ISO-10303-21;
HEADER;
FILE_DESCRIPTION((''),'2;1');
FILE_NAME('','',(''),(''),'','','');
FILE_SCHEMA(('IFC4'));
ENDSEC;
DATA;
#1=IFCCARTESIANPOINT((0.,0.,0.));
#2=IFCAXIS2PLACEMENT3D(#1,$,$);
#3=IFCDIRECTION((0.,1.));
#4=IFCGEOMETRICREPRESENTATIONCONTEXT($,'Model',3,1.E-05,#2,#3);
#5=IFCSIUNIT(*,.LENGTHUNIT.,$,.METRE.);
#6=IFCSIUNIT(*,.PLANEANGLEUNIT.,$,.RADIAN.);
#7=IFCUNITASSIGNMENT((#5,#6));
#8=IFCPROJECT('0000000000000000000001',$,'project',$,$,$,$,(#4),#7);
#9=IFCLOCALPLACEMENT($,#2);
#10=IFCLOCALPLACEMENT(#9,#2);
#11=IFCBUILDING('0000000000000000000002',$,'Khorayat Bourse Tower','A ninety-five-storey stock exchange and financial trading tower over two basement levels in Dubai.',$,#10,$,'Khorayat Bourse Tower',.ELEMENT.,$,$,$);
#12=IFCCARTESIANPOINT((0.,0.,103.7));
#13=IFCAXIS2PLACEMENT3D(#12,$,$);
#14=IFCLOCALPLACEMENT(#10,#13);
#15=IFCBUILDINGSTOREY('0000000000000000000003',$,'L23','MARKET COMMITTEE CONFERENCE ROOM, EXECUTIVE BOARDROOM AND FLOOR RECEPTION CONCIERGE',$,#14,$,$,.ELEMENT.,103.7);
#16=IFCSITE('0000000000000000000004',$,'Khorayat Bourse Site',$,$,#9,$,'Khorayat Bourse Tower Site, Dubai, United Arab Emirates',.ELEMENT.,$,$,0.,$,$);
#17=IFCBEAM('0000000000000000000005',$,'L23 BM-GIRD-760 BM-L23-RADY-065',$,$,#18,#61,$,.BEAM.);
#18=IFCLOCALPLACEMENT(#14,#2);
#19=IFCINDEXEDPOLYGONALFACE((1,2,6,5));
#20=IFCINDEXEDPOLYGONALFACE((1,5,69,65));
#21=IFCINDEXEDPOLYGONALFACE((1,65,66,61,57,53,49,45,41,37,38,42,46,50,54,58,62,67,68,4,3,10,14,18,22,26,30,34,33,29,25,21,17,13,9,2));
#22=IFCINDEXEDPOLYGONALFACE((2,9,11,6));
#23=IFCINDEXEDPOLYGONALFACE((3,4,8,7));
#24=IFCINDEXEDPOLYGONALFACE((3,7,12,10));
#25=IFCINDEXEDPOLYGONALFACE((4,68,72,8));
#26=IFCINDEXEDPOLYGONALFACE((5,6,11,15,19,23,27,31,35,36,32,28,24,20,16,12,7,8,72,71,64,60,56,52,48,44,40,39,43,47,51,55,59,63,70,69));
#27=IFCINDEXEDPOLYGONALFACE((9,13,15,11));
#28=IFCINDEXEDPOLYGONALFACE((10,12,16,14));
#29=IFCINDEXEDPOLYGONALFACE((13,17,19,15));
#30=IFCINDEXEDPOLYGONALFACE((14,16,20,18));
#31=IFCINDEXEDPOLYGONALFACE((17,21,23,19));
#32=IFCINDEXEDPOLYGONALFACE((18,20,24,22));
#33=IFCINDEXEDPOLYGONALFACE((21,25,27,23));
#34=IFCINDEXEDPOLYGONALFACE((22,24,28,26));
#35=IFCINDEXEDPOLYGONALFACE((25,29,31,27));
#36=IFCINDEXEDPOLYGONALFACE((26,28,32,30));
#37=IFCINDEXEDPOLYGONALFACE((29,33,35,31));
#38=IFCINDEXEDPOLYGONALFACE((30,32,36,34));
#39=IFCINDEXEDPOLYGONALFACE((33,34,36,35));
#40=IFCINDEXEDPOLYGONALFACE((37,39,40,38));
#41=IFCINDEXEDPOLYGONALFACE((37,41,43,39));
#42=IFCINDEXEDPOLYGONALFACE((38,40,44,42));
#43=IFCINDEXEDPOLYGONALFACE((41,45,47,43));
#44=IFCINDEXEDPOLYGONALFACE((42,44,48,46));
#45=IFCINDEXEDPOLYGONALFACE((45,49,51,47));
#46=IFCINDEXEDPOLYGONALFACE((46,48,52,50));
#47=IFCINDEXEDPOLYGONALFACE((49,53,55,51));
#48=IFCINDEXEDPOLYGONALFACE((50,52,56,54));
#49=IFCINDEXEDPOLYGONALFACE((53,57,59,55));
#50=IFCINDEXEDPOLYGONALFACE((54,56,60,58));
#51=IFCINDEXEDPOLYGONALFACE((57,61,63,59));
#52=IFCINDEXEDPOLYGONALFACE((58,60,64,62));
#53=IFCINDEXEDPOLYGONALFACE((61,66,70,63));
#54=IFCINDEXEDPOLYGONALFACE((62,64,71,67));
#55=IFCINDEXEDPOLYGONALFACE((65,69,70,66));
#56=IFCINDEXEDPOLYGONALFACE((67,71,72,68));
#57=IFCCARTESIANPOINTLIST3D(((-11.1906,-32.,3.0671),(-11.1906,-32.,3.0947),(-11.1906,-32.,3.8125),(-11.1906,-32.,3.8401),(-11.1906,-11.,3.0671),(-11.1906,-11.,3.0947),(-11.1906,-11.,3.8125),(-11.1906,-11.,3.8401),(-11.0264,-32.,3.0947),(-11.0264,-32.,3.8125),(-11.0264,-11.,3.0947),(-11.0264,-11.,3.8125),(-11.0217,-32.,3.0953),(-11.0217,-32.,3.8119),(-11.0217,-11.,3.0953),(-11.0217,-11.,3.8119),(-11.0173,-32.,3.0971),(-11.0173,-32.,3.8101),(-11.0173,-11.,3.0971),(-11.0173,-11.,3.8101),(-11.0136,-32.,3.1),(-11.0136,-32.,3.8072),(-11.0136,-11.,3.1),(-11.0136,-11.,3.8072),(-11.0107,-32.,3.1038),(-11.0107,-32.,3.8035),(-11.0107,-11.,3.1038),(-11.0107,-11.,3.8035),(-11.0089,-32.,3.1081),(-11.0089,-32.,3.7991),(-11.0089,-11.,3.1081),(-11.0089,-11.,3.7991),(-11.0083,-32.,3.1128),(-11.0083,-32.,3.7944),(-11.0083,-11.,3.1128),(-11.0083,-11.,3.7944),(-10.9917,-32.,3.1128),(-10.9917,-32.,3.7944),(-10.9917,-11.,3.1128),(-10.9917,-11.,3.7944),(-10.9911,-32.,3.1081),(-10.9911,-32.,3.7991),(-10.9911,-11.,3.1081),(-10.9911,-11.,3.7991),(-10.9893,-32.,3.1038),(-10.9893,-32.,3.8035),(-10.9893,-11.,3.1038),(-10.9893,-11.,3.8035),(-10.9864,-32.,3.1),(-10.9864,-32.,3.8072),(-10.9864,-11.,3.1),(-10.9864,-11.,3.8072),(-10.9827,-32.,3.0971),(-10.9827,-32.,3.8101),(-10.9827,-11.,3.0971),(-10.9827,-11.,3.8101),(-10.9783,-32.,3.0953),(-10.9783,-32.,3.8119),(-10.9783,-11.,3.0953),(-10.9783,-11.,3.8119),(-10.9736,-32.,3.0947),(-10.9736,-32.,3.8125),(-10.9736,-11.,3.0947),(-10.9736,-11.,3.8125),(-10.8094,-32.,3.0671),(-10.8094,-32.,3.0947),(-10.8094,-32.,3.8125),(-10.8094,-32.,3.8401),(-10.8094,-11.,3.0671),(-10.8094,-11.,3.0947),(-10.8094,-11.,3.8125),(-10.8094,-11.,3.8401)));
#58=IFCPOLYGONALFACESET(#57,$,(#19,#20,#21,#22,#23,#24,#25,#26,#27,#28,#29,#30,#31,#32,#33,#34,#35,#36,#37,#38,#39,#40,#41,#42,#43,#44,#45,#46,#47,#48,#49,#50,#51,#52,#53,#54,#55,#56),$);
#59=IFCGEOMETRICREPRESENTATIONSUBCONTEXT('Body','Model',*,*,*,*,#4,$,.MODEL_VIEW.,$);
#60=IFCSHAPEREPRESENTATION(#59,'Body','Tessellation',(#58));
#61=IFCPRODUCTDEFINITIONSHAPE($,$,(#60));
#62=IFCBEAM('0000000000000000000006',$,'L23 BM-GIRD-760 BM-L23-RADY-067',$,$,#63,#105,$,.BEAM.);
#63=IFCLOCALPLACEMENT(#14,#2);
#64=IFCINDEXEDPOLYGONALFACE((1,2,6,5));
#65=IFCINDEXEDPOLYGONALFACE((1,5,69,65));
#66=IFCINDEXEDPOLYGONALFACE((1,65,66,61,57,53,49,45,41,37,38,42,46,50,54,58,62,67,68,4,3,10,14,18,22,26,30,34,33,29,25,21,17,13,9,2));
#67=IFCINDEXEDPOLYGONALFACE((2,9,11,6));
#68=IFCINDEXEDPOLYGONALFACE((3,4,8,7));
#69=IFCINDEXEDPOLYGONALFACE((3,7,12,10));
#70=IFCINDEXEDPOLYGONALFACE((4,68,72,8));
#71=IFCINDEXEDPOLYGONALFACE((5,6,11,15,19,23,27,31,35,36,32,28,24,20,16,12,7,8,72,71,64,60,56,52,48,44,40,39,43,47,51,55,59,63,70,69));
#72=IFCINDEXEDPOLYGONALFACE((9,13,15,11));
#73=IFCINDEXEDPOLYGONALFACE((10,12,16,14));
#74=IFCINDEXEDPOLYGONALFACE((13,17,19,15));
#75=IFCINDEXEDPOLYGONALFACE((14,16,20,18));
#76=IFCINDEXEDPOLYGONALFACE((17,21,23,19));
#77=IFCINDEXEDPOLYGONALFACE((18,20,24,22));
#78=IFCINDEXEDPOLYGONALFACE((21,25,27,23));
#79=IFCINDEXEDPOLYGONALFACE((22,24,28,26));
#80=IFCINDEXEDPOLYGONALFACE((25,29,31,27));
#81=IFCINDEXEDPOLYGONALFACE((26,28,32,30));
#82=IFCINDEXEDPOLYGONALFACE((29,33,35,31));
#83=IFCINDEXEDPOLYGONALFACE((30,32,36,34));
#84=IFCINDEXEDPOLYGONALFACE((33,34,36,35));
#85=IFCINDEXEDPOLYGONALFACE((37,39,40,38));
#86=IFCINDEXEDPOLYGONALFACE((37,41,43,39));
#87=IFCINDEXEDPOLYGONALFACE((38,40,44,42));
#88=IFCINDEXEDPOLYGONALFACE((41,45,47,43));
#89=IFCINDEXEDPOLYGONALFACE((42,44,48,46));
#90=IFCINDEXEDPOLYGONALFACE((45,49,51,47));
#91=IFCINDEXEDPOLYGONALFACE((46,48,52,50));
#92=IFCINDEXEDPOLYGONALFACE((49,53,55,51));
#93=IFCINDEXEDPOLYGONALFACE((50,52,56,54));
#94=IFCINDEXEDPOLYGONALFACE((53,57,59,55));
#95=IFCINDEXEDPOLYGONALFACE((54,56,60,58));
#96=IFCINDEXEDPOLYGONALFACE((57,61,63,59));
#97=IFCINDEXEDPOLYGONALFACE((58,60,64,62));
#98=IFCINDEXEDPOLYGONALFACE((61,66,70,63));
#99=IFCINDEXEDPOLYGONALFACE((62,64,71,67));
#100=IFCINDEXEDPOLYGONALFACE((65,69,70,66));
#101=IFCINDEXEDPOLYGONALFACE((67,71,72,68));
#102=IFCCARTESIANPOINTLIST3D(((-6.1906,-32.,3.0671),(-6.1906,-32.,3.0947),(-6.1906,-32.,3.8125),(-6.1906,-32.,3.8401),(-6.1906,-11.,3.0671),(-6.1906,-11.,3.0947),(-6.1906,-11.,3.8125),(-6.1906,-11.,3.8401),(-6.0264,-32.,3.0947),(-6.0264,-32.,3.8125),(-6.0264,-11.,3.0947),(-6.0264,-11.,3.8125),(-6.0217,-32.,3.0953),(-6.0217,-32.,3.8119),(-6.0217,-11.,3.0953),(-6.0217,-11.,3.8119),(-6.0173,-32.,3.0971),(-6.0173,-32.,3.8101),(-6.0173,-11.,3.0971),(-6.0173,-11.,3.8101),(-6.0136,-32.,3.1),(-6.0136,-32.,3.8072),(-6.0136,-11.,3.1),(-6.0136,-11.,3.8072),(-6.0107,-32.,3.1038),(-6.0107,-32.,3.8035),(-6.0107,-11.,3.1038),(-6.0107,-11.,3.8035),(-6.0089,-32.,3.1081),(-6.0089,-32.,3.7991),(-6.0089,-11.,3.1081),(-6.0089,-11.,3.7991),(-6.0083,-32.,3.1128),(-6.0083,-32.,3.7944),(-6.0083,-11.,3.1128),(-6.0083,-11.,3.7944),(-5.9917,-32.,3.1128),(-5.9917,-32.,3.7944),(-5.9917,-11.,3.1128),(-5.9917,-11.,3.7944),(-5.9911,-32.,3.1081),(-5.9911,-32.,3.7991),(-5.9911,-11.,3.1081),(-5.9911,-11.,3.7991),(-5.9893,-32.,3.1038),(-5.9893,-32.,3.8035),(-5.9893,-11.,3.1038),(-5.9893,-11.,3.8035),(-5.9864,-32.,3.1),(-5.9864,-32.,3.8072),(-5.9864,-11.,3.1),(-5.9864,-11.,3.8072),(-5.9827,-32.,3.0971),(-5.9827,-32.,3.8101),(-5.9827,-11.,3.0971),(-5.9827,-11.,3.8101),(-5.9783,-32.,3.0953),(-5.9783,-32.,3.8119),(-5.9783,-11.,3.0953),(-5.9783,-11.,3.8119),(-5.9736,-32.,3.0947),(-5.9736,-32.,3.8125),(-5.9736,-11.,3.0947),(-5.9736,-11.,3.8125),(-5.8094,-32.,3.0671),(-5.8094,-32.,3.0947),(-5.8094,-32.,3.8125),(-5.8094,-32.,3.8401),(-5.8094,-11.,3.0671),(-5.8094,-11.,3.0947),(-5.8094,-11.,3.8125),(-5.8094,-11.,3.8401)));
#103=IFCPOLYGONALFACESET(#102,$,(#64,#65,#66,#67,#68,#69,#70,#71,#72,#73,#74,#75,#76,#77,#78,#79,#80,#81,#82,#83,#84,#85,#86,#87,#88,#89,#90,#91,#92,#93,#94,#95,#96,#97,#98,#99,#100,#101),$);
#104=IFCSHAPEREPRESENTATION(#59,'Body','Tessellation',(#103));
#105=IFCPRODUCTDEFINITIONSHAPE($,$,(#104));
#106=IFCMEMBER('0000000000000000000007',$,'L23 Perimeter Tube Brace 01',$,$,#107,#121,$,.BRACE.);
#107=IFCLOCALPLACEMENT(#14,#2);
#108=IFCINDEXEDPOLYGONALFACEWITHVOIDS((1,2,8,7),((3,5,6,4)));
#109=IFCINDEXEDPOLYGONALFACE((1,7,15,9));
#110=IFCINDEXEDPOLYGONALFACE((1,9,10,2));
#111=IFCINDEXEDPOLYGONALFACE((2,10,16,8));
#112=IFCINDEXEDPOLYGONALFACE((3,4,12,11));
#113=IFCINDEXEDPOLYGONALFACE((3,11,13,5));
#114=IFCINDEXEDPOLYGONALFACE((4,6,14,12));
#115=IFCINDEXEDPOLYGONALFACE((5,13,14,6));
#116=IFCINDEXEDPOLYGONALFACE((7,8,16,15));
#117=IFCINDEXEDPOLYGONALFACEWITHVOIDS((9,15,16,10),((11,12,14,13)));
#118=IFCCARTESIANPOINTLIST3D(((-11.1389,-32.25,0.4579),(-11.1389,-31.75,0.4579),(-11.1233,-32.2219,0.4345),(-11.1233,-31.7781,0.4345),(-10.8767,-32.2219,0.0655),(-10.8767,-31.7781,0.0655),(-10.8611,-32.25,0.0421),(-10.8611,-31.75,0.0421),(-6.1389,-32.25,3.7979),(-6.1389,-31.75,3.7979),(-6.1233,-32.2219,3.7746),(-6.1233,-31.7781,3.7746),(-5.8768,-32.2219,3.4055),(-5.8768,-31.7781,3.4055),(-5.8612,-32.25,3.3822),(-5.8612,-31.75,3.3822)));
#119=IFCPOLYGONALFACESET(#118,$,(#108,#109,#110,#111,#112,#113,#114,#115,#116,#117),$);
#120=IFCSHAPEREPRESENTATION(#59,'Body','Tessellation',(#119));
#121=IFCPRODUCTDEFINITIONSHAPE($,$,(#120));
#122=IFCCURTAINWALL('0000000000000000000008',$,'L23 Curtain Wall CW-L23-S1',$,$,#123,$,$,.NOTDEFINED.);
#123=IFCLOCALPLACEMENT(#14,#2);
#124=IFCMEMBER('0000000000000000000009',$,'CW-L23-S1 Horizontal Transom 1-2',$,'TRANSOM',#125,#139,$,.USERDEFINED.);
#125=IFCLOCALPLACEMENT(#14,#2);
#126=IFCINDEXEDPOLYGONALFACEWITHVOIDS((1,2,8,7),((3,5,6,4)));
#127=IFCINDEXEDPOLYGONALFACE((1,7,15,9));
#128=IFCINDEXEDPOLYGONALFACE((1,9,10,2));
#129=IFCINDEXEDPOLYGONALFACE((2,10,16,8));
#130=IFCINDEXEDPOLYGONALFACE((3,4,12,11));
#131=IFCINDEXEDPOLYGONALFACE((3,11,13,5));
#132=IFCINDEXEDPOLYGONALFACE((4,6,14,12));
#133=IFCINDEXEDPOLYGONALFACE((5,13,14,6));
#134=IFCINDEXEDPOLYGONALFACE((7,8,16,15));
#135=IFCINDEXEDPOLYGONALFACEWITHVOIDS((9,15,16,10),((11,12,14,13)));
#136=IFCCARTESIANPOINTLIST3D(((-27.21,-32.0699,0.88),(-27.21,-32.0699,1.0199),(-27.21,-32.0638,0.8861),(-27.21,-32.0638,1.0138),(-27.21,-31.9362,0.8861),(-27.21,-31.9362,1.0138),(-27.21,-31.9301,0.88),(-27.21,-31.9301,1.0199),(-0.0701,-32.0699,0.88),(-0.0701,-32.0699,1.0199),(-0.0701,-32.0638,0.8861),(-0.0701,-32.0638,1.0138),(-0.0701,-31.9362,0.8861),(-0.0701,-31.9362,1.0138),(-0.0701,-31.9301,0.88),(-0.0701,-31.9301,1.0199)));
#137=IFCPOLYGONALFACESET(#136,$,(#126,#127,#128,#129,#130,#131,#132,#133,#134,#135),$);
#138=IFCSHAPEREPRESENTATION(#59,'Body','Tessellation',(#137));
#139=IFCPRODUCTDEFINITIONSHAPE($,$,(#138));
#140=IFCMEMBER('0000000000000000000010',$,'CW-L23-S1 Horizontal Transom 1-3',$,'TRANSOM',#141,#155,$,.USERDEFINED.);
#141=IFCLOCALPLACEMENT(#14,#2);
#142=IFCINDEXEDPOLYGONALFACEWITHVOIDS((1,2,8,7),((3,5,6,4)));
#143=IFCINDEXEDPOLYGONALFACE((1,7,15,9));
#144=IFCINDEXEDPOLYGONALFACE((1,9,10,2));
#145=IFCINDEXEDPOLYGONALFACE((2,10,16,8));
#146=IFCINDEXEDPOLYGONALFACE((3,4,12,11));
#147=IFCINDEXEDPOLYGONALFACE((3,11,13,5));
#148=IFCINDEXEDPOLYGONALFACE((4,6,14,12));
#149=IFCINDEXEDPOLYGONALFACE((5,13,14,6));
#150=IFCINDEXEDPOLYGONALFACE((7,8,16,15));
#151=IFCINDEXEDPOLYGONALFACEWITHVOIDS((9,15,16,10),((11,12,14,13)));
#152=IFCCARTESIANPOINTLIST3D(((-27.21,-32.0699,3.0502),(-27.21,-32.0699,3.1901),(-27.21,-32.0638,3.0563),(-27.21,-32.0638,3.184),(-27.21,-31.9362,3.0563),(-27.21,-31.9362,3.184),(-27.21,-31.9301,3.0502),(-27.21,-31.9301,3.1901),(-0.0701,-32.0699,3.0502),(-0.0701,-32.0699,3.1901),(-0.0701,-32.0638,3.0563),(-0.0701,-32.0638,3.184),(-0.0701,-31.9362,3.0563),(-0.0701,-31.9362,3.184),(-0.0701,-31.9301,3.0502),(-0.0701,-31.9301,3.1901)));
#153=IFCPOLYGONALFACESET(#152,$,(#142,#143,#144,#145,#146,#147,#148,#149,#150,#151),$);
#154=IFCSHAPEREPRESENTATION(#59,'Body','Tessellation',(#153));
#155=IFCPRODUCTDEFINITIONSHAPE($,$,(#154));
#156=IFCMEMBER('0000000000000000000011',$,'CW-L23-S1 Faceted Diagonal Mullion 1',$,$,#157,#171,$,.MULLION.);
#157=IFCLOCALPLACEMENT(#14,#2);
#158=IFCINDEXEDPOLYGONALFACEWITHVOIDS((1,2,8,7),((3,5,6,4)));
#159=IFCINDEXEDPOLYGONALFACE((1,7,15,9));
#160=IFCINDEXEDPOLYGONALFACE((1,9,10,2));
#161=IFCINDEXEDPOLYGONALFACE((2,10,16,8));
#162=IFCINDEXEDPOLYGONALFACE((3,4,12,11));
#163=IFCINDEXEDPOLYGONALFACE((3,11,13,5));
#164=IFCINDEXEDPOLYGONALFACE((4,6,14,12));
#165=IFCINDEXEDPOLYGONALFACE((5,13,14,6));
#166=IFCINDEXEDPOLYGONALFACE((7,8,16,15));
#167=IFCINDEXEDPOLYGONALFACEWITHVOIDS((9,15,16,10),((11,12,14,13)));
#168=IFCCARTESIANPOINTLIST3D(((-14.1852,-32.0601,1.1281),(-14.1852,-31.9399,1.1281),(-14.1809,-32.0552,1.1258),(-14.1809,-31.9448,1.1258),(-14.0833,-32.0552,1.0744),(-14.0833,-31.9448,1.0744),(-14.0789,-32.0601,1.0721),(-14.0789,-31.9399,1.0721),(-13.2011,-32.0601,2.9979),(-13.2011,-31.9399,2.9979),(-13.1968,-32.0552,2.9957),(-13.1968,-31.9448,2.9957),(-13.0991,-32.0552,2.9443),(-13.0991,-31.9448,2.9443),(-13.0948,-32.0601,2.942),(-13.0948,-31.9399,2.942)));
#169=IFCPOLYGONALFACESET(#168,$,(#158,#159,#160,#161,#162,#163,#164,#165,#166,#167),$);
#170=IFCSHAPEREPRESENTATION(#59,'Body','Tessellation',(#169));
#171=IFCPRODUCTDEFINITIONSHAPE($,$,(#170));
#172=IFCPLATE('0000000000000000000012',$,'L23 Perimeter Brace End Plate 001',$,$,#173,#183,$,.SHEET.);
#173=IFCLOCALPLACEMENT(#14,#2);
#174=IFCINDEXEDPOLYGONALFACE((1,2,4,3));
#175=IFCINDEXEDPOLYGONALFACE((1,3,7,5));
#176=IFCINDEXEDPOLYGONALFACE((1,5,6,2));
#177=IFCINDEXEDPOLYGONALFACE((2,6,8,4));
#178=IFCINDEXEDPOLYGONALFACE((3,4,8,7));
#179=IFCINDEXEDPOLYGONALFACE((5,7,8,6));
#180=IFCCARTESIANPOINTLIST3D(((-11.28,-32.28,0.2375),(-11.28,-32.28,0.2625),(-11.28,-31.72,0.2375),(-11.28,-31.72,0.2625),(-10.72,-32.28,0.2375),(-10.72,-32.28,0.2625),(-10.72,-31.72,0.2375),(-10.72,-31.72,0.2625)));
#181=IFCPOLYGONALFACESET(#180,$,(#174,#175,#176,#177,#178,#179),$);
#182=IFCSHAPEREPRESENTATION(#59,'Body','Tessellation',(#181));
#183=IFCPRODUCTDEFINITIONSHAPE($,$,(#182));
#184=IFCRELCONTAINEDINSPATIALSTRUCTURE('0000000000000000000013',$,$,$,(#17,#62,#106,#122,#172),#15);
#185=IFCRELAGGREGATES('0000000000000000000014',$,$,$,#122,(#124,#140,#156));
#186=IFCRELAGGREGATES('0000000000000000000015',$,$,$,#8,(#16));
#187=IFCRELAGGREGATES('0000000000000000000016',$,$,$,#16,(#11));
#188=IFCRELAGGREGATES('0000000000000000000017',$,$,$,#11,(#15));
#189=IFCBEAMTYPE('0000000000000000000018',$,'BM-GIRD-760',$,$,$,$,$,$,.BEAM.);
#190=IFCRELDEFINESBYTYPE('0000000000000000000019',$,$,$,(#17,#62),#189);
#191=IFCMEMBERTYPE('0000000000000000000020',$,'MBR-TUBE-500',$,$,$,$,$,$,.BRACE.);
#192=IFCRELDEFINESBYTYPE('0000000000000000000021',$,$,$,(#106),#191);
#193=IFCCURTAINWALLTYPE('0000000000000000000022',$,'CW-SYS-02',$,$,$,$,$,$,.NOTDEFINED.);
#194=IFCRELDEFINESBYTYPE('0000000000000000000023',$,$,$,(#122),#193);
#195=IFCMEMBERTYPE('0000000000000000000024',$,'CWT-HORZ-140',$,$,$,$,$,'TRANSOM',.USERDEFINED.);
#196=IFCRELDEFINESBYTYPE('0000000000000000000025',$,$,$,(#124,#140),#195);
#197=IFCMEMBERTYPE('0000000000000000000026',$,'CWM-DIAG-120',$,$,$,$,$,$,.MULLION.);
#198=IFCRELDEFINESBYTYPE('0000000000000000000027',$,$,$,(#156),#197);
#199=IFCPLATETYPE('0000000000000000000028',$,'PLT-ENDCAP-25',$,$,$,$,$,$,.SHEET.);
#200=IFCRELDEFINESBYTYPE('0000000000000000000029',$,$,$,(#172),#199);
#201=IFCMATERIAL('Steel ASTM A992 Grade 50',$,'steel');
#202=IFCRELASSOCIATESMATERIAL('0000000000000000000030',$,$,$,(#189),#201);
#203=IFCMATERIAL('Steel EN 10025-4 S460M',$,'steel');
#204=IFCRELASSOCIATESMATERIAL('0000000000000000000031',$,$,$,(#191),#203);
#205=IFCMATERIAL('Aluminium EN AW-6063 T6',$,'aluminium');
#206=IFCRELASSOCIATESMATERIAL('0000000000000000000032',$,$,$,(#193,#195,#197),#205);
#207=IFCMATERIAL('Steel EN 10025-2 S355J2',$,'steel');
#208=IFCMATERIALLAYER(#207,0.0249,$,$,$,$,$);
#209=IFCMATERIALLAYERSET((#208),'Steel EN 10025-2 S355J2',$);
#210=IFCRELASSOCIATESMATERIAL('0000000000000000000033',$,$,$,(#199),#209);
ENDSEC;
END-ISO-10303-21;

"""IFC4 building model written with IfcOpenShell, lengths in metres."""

from ifc_helpers import new_model, si_unit, direction, frame, origin, origin_2d, place, context, subcontext, project, spatial, rectangle, hollow_rectangle, i_section, extrude, source, transform, mapped, material, layer, layer_set, material_profile, profile_set, type_object, element, aggregate, save


model = new_model("IFC4")

# Units and contexts
model_context = context("Model", 3, precision=1e-05, world=origin(), true_north=direction((0.0, 1.0)))
body_context = subcontext(model_context, "Body", "Model", "MODEL_VIEW")
ifc_project = project(units=[si_unit("LENGTHUNIT", "METRE"), si_unit("PLANEANGLEUNIT", "RADIAN")], contexts=[model_context])

# Site, building, storey
site_placement = place(None, origin())
site = spatial("IfcSite", under=ifc_project, at=site_placement, Name="Khorayat Bourse Site", LongName="Khorayat Bourse Tower Site, Dubai, United Arab Emirates", CompositionType="ELEMENT", RefElevation=0.0)
building_placement = place(site_placement, origin())
building = spatial("IfcBuilding", under=site, at=building_placement, Name="Khorayat Bourse Tower", Description="A ninety-five-storey stock exchange and financial trading tower over two basement levels in Dubai.", LongName="Khorayat Bourse Tower", CompositionType="ELEMENT")
storey_placement = place(building_placement, frame((0.0, 0.0, 103.7)))
storey = spatial("IfcBuildingStorey", under=building, at=storey_placement, Name="L23", Description="MARKET COMMITTEE CONFERENCE ROOM, EXECUTIVE BOARDROOM AND FLOOR RECEPTION CONCIERGE", CompositionType="ELEMENT", Elevation=103.7)

# Shared definitions
ifc_material_1 = material(Name="Steel EN 10025-4 S460M", Category="steel")

# Beams
ifc_material_2 = material(Name="Steel ASTM A992 Grade 50", Category="steel")
ifc_material_profile_1 = material_profile(ifc_material_2, i_section(OverallWidth=0.3811, OverallDepth=0.7729, WebThickness=0.0166, FlangeThickness=0.0276, FilletRadius=0.0181, at=origin_2d()), Name="W760X257")
ifc_profile_set_1 = profile_set([ifc_material_profile_1], Name="Steel ASTM A992 Grade 50")
beam_type_1 = type_object("IfcBeamType", Name="BM-GIRD-760", PredefinedType="BEAM", material=ifc_profile_set_1)
shared_shape_1 = source(origin(), body_context, "Body", "SweptSolid", [
    extrude(i_section(OverallWidth=0.3811, OverallDepth=0.7729, WebThickness=0.0166, FlangeThickness=0.0276, FilletRadius=0.0181, at=origin_2d()), origin(), (0.0, 0.0, 1.0), 21.0),
])
for number, where, z_axis, x_axis, name in (
    (1, (-11.0, -32.0, 3.4536), (0.0, 1.0, 0.0), (-1.0, 0.0, 0.0), "L23 BM-GIRD-760 BM-L23-RADY-065"),
    (2, (-6.0, -32.0, 3.4536), (0.0, 1.0, 0.0), (-1.0, 0.0, 0.0), "L23 BM-GIRD-760 BM-L23-RADY-067"),
):
    element("IfcBeam", number, at=place(storey_placement, frame(where, z_axis=z_axis, x_axis=x_axis)), inside=storey, type_object=beam_type_1, Name=name, PredefinedType="BEAM", context=body_context, shape_type="MappedRepresentation", body=[
        mapped(shared_shape_1, transform((0.0, 0.0, 0.0), scale=1.0)),
    ])

# Member
ifc_material_profile_2 = material_profile(ifc_material_1, hollow_rectangle(XDim=0.5, YDim=0.5, WallThickness=0.0281, at=origin_2d()), Name="HSS 500x500x28")
ifc_profile_set_2 = profile_set([ifc_material_profile_2], Name="Steel EN 10025-4 S460M")
member_type_1 = type_object("IfcMemberType", Name="MBR-TUBE-500", PredefinedType="BRACE", material=ifc_profile_set_2)
shared_shape_2 = source(origin(), body_context, "Body", "SweptSolid", [
    extrude(hollow_rectangle(XDim=0.5, YDim=0.5, WallThickness=0.0281, at=origin_2d()), origin(), (0.0, 0.0, 1.0), 6.0129),
])
member_1_placement = place(storey_placement, frame((-11.0, -32.0, 0.25), z_axis=(0.831531, 0.0, 0.555478), x_axis=(0.0, 1.0, 0.0)))
element("IfcMember", 3, at=member_1_placement, inside=storey, type_object=member_type_1, Name="L23 Perimeter Tube Brace 01", PredefinedType="BRACE", context=body_context, shape_type="MappedRepresentation", body=[
    mapped(shared_shape_2, transform((0.0, 0.0, 0.0), scale=1.0)),
])

# Curtain wall, members
ifc_material_3 = material(Name="Aluminium EN AW-6063 T6", Category="aluminium")
curtain_wall_type = type_object("IfcCurtainWallType", Name="CW-SYS-02", PredefinedType="NOTDEFINED", material=ifc_material_3)
curtain_wall_placement = place(storey_placement, origin())
curtain_wall = element("IfcCurtainWall", 4, at=curtain_wall_placement, inside=storey, type_object=curtain_wall_type, Name="L23 Curtain Wall CW-L23-S1", PredefinedType="NOTDEFINED")
ifc_material_profile_3 = material_profile(ifc_material_3, hollow_rectangle(XDim=0.1399, YDim=0.1399, WallThickness=0.0061, at=origin_2d()), Name="ALU 140x140x6")
ifc_profile_set_3 = profile_set([ifc_material_profile_3], Name="Aluminium EN AW-6063 T6")
member_type_2 = type_object("IfcMemberType", Name="CWT-HORZ-140", ElementType="TRANSOM", PredefinedType="USERDEFINED", material=ifc_profile_set_3)
shared_shape_3 = source(origin(), body_context, "Body", "SweptSolid", [
    extrude(hollow_rectangle(XDim=0.1399, YDim=0.1399, WallThickness=0.0061, at=origin_2d()), origin(), (0.0, 0.0, 1.0), 27.1399),
])
member_2_placement = place(storey_placement, frame((-27.21, -32.0, 0.95), z_axis=(1.0, 0.0, 0.0), x_axis=(0.0, 1.0, 0.0)))
member_2 = element("IfcMember", 5, at=member_2_placement, type_object=member_type_2, Name="CW-L23-S1 Horizontal Transom 1-2", ObjectType="TRANSOM", PredefinedType="USERDEFINED", context=body_context, shape_type="MappedRepresentation", body=[
    mapped(shared_shape_3, transform((0.0, 0.0, 0.0), scale=1.0)),
])
member_3_placement = place(storey_placement, frame((-27.21, -32.0, 3.1201), z_axis=(1.0, 0.0, 0.0), x_axis=(0.0, 1.0, 0.0)))
member_3 = element("IfcMember", 6, at=member_3_placement, type_object=member_type_2, Name="CW-L23-S1 Horizontal Transom 1-3", ObjectType="TRANSOM", PredefinedType="USERDEFINED", context=body_context, shape_type="MappedRepresentation", body=[
    mapped(shared_shape_3, transform((0.0, 0.0, 0.0), scale=1.0)),
])
ifc_material_profile_4 = material_profile(ifc_material_3, hollow_rectangle(XDim=0.1201, YDim=0.1201, WallThickness=0.0049, at=origin_2d()), Name="ALU 120x120x5")
ifc_profile_set_4 = profile_set([ifc_material_profile_4], Name="Aluminium EN AW-6063 T6")
member_type_3 = type_object("IfcMemberType", Name="CWM-DIAG-120", PredefinedType="MULLION", material=ifc_profile_set_4)
shared_shape_4 = source(origin(), body_context, "Body", "SweptSolid", [
    extrude(hollow_rectangle(XDim=0.1201, YDim=0.1201, WallThickness=0.0049, at=origin_2d()), origin(), (0.0, 0.0, 1.0), 2.113),
])
member_4_placement = place(storey_placement, frame((-14.1321, -32.0, 1.1001), z_axis=(0.465742, 0.0, 0.884921), x_axis=(0.0, 1.0, 0.0)))
member_4 = element("IfcMember", 7, at=member_4_placement, type_object=member_type_3, Name="CW-L23-S1 Faceted Diagonal Mullion 1", PredefinedType="MULLION", context=body_context, shape_type="MappedRepresentation", body=[
    mapped(shared_shape_4, transform((0.0, 0.0, 0.0), scale=1.0)),
])

# Plate
ifc_material_4 = material(Name="Steel EN 10025-2 S355J2", Category="steel")
ifc_layer_1 = layer(ifc_material_4, 0.0249)
ifc_layer_set_1 = layer_set([ifc_layer_1], Name="Steel EN 10025-2 S355J2")
plate_type_1 = type_object("IfcPlateType", Name="PLT-ENDCAP-25", PredefinedType="SHEET", material=ifc_layer_set_1)
shared_shape_5 = source(origin(), body_context, "Body", "SweptSolid", [
    extrude(rectangle(XDim=0.5601, YDim=0.5601, at=origin_2d()), origin(), (0.0, 0.0, 1.0), 0.0249),
])
for number, where, z_axis, x_axis, name in (
    (8, (-11.0, -32.0, 0.2375), (0.0, 0.0, 1.0), (1.0, 0.0, 0.0), "L23 Perimeter Brace End Plate 001"),
):
    element("IfcPlate", number, at=place(storey_placement, frame(where, z_axis=z_axis, x_axis=x_axis)), inside=storey, type_object=plate_type_1, Name=name, PredefinedType="SHEET", context=body_context, shape_type="MappedRepresentation", body=[
        mapped(shared_shape_5, transform((0.0, 0.0, 0.0), scale=1.0)),
    ])

aggregate(curtain_wall, [member_2, member_3, member_4])

save(model, "model.ifc")
